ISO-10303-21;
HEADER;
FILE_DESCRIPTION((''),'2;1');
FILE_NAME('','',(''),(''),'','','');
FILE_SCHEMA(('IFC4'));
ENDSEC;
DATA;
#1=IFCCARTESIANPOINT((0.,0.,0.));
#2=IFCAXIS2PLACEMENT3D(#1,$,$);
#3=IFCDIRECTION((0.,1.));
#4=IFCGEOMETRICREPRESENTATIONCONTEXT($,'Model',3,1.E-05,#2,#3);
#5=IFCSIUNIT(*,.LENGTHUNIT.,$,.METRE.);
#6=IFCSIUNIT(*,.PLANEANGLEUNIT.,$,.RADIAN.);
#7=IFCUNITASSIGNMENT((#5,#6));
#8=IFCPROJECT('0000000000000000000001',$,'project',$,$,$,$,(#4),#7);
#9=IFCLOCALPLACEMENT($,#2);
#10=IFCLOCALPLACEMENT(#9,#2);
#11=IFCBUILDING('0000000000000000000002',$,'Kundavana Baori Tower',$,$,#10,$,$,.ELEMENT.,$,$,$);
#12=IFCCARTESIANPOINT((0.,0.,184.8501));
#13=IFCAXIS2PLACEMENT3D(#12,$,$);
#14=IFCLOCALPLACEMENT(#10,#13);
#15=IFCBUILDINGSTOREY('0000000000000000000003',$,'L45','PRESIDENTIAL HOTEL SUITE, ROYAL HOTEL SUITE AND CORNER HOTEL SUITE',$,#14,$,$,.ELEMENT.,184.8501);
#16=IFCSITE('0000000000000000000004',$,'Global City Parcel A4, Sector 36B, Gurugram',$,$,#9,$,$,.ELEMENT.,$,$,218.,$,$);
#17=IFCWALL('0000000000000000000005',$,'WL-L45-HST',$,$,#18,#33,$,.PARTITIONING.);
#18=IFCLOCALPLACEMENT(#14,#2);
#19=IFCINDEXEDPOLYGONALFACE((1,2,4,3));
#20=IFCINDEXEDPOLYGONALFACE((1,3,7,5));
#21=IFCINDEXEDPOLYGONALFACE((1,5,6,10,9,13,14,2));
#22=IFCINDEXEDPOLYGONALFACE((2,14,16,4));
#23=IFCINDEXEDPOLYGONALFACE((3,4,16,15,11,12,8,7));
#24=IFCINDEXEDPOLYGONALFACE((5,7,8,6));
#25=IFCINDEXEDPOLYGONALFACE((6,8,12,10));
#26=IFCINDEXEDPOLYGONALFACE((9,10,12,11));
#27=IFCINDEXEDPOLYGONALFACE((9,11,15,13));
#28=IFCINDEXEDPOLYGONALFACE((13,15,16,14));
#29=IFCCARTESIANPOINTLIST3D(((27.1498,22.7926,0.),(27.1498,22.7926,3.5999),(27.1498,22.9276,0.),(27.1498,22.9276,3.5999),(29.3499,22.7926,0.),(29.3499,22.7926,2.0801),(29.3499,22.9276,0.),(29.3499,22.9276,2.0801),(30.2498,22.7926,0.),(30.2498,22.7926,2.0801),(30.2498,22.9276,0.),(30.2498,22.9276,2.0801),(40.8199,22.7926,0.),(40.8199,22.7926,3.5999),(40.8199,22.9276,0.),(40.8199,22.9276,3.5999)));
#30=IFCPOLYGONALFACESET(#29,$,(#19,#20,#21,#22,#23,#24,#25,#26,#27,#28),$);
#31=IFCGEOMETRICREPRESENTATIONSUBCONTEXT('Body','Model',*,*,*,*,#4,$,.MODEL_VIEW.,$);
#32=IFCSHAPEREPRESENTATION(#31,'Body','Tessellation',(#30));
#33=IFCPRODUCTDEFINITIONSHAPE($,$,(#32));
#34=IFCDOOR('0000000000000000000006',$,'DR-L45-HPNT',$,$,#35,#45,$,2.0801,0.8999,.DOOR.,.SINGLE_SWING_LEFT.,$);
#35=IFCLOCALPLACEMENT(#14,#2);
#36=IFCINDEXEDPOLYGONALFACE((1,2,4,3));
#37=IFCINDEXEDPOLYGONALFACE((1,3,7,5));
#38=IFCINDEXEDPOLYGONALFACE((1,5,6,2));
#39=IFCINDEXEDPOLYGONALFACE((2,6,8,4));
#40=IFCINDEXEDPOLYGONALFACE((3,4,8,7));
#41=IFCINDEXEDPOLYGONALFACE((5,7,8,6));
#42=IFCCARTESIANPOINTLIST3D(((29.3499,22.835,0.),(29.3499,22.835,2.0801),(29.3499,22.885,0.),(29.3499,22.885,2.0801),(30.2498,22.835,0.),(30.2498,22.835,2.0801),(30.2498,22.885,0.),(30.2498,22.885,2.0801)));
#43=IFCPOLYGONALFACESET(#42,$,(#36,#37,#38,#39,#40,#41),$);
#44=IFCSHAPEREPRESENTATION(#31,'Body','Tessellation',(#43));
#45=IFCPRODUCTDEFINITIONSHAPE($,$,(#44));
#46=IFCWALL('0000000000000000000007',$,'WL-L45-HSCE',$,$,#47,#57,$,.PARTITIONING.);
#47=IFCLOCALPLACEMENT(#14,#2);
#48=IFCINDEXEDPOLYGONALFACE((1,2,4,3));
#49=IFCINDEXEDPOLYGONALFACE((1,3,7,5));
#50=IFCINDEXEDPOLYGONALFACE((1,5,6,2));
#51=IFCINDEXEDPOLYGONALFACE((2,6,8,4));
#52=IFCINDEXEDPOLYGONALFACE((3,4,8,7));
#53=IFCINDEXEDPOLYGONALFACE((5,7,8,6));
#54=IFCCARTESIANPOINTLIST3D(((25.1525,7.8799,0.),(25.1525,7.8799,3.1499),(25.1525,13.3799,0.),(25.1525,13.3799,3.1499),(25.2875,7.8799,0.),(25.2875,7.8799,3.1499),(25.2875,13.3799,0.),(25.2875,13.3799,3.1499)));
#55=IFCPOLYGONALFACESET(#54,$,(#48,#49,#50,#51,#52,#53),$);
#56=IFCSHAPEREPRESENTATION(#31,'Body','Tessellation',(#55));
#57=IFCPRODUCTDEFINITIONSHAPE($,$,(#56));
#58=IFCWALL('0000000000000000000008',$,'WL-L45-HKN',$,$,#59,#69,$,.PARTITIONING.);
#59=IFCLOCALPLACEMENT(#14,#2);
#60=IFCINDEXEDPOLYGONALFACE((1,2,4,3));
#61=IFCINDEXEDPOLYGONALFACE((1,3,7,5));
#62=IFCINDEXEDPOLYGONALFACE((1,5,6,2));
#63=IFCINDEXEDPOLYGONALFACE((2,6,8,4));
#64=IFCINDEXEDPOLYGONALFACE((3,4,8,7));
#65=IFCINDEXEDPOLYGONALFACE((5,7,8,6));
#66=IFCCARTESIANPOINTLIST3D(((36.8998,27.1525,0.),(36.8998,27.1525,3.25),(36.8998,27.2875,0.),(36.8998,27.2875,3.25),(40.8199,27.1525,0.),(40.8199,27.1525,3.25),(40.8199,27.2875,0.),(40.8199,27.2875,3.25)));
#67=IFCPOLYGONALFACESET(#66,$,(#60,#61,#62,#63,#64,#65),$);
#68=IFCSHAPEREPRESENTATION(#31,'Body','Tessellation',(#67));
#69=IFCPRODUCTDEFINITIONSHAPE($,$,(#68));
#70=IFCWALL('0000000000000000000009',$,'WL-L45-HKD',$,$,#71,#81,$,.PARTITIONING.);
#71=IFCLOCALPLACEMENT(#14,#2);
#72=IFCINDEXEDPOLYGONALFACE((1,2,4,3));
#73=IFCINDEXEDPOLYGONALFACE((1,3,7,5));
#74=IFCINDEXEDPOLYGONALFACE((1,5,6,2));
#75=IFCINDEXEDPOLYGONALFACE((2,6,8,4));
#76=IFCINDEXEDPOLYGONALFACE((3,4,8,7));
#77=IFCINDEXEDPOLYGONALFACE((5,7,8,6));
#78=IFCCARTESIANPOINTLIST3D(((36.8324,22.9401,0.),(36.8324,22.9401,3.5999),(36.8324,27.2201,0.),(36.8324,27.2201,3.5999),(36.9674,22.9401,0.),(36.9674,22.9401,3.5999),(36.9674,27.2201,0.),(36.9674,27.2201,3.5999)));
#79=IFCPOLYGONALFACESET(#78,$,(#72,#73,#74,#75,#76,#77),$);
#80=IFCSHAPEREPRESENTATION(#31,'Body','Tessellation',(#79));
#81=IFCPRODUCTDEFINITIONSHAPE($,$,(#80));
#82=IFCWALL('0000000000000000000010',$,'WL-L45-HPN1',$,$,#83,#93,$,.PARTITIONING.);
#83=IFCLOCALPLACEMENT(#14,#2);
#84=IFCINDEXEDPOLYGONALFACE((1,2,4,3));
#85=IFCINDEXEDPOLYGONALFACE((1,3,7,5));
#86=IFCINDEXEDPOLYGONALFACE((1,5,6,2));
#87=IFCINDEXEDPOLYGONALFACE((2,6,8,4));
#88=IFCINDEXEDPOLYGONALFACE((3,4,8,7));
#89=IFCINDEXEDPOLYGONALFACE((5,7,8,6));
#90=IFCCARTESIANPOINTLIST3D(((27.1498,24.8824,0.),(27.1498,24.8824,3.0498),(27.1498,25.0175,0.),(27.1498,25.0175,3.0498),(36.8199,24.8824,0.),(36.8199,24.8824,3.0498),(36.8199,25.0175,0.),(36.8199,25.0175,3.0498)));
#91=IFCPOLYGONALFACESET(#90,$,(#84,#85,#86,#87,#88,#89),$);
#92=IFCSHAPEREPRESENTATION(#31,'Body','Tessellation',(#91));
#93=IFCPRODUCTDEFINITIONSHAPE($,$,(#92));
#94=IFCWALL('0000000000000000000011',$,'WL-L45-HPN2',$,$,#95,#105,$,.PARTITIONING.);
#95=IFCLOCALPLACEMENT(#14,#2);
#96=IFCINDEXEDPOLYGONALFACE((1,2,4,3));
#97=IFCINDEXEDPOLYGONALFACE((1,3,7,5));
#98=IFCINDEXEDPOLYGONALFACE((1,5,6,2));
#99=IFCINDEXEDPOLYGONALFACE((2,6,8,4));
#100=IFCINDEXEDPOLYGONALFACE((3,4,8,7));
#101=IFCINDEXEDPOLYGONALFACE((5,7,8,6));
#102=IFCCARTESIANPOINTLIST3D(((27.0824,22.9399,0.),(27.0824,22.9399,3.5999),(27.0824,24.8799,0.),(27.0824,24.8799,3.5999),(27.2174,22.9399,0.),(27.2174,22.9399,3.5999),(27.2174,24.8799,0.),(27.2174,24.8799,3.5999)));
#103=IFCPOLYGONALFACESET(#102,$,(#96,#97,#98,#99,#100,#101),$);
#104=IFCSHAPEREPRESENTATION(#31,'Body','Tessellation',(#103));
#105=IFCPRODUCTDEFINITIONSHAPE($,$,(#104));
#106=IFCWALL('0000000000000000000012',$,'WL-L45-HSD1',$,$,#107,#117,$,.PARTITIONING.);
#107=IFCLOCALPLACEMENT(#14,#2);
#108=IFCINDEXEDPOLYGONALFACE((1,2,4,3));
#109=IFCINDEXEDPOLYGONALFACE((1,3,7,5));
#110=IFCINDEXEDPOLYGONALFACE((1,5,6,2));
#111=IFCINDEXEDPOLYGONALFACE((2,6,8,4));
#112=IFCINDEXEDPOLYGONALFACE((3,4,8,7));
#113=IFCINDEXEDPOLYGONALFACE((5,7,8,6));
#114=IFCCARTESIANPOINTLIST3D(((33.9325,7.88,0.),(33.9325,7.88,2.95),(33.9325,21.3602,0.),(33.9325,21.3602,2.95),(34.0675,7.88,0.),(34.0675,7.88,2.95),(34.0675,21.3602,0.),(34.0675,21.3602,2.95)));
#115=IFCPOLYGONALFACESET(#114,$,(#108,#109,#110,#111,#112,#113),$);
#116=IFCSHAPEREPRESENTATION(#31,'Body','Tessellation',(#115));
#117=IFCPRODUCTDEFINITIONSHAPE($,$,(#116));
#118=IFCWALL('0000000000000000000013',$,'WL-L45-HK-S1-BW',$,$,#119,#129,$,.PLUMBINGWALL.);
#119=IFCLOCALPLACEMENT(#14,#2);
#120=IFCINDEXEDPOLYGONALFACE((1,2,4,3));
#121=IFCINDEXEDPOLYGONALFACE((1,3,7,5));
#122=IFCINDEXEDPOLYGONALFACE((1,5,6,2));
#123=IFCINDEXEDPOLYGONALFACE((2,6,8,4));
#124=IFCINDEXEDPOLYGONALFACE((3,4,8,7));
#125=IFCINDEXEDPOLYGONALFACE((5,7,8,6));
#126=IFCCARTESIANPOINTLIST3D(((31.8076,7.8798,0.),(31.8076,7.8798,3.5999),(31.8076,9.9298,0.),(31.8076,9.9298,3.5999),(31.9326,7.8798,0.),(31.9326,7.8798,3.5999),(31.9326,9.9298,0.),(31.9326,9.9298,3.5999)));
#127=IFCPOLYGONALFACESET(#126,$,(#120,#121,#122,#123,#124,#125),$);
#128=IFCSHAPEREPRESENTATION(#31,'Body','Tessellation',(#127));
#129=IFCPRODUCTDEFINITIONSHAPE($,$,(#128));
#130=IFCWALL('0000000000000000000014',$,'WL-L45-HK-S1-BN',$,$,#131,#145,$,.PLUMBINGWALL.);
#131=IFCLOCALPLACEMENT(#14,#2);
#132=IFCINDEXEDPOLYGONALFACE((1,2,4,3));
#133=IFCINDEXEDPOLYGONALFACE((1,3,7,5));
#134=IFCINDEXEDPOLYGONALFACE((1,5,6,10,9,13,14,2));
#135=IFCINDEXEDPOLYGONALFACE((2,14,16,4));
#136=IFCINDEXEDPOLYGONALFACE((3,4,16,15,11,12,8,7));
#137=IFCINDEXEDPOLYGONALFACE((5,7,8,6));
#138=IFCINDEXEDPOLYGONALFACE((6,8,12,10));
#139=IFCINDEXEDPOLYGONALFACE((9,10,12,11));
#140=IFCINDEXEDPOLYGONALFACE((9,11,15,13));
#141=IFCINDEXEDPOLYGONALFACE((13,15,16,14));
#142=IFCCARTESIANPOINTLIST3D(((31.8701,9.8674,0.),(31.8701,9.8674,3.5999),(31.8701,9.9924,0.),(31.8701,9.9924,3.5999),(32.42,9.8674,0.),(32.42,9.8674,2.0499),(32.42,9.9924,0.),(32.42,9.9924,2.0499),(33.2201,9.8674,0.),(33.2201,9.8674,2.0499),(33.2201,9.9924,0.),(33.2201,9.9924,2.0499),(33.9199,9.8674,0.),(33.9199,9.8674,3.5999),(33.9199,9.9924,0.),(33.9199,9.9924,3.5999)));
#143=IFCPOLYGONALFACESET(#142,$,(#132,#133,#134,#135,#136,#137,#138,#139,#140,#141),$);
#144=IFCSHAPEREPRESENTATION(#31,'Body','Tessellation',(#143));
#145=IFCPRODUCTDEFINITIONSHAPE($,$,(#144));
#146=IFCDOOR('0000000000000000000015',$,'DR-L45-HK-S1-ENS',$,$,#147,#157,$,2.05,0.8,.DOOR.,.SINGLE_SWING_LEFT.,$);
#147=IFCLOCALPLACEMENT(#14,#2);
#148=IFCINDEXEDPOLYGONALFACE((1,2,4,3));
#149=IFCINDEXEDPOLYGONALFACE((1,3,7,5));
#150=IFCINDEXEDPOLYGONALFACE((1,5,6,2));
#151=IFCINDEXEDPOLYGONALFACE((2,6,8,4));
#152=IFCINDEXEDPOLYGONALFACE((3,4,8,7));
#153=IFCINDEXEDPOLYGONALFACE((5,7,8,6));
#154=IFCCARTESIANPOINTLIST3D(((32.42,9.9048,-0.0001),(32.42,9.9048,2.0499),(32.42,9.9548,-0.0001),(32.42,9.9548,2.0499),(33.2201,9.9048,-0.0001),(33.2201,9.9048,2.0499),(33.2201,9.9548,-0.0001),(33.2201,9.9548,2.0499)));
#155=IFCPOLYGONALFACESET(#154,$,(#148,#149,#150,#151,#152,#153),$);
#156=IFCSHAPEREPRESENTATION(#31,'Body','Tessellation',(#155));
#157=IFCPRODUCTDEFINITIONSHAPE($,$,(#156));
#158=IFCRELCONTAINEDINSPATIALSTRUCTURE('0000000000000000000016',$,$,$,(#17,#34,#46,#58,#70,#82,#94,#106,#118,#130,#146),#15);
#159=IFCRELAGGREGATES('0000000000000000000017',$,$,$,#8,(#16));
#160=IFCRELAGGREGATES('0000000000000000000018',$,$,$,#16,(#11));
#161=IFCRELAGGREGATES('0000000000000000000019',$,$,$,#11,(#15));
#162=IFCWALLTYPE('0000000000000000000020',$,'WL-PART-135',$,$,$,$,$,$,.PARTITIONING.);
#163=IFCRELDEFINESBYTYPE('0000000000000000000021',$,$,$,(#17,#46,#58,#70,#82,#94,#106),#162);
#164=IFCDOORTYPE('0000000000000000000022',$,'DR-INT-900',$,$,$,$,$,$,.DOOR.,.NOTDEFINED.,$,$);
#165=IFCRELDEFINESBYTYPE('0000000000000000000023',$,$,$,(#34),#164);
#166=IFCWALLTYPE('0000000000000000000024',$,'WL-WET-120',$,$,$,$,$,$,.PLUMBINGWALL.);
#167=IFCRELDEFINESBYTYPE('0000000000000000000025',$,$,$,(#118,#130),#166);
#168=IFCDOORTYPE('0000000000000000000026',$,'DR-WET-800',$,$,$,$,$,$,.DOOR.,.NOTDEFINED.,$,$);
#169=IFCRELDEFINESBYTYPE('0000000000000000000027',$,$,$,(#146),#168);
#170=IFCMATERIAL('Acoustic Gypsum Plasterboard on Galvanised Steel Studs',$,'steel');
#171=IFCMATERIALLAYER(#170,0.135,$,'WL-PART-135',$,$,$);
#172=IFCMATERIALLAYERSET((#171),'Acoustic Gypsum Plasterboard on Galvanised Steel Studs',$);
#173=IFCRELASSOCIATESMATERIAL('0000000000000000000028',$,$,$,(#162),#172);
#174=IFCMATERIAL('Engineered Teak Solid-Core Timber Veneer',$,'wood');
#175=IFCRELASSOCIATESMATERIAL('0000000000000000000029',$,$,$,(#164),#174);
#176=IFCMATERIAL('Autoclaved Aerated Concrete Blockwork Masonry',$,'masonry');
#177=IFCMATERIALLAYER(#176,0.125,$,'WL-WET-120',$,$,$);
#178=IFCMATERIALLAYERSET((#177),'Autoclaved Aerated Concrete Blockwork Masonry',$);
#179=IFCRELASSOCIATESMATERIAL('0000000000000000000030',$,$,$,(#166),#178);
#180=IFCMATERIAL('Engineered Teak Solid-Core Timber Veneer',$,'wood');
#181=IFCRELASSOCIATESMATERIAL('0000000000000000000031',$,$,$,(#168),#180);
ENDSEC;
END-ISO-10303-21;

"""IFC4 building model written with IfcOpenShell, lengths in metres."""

from ifc_helpers import new_model, si_unit, direction, frame, frame_2d, origin, place, context, subcontext, project, spatial, rectangle, extrude, material, layer, layer_set, type_object, element, fill, save


model = new_model("IFC4")

# Units and contexts
model_context = context("Model", 3, precision=1e-05, world=origin(), true_north=direction((0.0, 1.0)))
body_context = subcontext(model_context, "Body", "Model", "MODEL_VIEW")
ifc_project = project(units=[si_unit("LENGTHUNIT", "METRE"), si_unit("PLANEANGLEUNIT", "RADIAN")], contexts=[model_context])

# Site, building, storey
site_placement = place(None, origin())
site = spatial("IfcSite", under=ifc_project, at=site_placement, Name="Global City Parcel A4, Sector 36B, Gurugram", CompositionType="ELEMENT", RefElevation=218.0)
building_placement = place(site_placement, origin())
building = spatial("IfcBuilding", under=site, at=building_placement, Name="Kundavana Baori Tower", CompositionType="ELEMENT")
storey_placement = place(building_placement, frame((0.0, 0.0, 184.8501)))
storey = spatial("IfcBuildingStorey", under=building, at=storey_placement, Name="L45", Description="PRESIDENTIAL HOTEL SUITE, ROYAL HOTEL SUITE AND CORNER HOTEL SUITE", CompositionType="ELEMENT", Elevation=184.8501)

# Shared definitions
ifc_material_1 = material(Name="Acoustic Gypsum Plasterboard on Galvanised Steel Studs", Category="steel")
ifc_layer_1 = layer(ifc_material_1, 0.135, Name="WL-PART-135")
ifc_layer_set_1 = layer_set([ifc_layer_1], Name="Acoustic Gypsum Plasterboard on Galvanised Steel Studs")
wall_type_1 = type_object("IfcWallType", Name="WL-PART-135", PredefinedType="PARTITIONING", material=ifc_layer_set_1)

# Wall, opening, door
wall_1_placement = place(storey_placement, frame((27.1499, 22.8601, 0.0), z_axis=(0.0, 0.0, 1.0), x_axis=(1.0, 0.0, 0.0)))
wall_1 = element("IfcWall", 1, at=wall_1_placement, inside=storey, type_object=wall_type_1, Name="WL-L45-HST", PredefinedType="PARTITIONING", context=body_context, shape_type="SweptSolid", body=[
    extrude(rectangle(XDim=13.6702, YDim=0.135, at=frame_2d((6.835, 0.0))), origin(), (0.0, 0.0, 1.0), 3.5999),
])
opening_1_placement = place(wall_1_placement, frame((2.2, 0.0, 0.0)))
opening_1 = element("IfcOpeningElement", 2, at=opening_1_placement, cuts=wall_1, PredefinedType="OPENING", context=body_context, shape_type="SweptSolid", body=[
    extrude(rectangle(XDim=0.8999, YDim=2.0801, at=frame_2d((0.45, 1.04))), frame((0.0, 0.0776, 0.0), z_axis=(0.0, -1.0, 0.0), x_axis=(1.0, 0.0, 0.0)), (0.0, 0.0, 1.0), 0.155),
])
ifc_material_2 = material(Name="Engineered Teak Solid-Core Timber Veneer", Category="wood")
door_type_1 = type_object("IfcDoorType", Name="DR-INT-900", OperationType="NOTDEFINED", PredefinedType="DOOR", material=ifc_material_2)
door_1_placement = place(opening_1_placement, origin())
door_1 = element("IfcDoor", 3, at=door_1_placement, inside=storey, type_object=door_type_1, Name="DR-L45-HPNT", OperationType="SINGLE_SWING_LEFT", OverallHeight=2.0801, OverallWidth=0.8999, PredefinedType="DOOR", context=body_context, shape_type="SweptSolid", body=[
    extrude(rectangle(XDim=0.8999, YDim=2.0801, at=frame_2d((0.45, 1.04))), frame((0.0, 0.0249, 0.0), z_axis=(0.0, -1.0, 0.0), x_axis=(1.0, 0.0, 0.0)), (0.0, 0.0, 1.0), 0.05),
])
fill(opening_1, door_1)

# Walls
wall_2_placement = place(storey_placement, frame((25.22, 7.8799, 0.0), z_axis=(0.0, 0.0, 1.0), x_axis=(0.0, 1.0, 0.0)))
element("IfcWall", 4, at=wall_2_placement, inside=storey, type_object=wall_type_1, Name="WL-L45-HSCE", PredefinedType="PARTITIONING", context=body_context, shape_type="SweptSolid", body=[
    extrude(rectangle(XDim=5.5, YDim=0.135, at=frame_2d((2.75, 0.0))), origin(), (0.0, 0.0, 1.0), 3.1499),
])
wall_3_placement = place(storey_placement, frame((36.8999, 27.22, 0.0), z_axis=(0.0, 0.0, 1.0), x_axis=(1.0, 0.0, 0.0)))
element("IfcWall", 5, at=wall_3_placement, inside=storey, type_object=wall_type_1, Name="WL-L45-HKN", PredefinedType="PARTITIONING", context=body_context, shape_type="SweptSolid", body=[
    extrude(rectangle(XDim=3.9202, YDim=0.135, at=frame_2d((1.96, 0.0))), origin(), (0.0, 0.0, 1.0), 3.25),
])
wall_4_placement = place(storey_placement, frame((36.8999, 22.9399, 0.0), z_axis=(0.0, 0.0, 1.0), x_axis=(0.0, 1.0, 0.0)))
element("IfcWall", 6, at=wall_4_placement, inside=storey, type_object=wall_type_1, Name="WL-L45-HKD", PredefinedType="PARTITIONING", context=body_context, shape_type="SweptSolid", body=[
    extrude(rectangle(XDim=4.28, YDim=0.135, at=frame_2d((2.1401, 0.0))), origin(), (0.0, 0.0, 1.0), 3.5999),
])
wall_5_placement = place(storey_placement, frame((27.1499, 24.95, 0.0), z_axis=(0.0, 0.0, 1.0), x_axis=(1.0, 0.0, 0.0)))
element("IfcWall", 7, at=wall_5_placement, inside=storey, type_object=wall_type_1, Name="WL-L45-HPN1", PredefinedType="PARTITIONING", context=body_context, shape_type="SweptSolid", body=[
    extrude(rectangle(XDim=9.6702, YDim=0.135, at=frame_2d((4.835, 0.0))), origin(), (0.0, 0.0, 1.0), 3.0498),
])
wall_6_placement = place(storey_placement, frame((27.1499, 22.9399, 0.0), z_axis=(0.0, 0.0, 1.0), x_axis=(0.0, 1.0, 0.0)))
element("IfcWall", 8, at=wall_6_placement, inside=storey, type_object=wall_type_1, Name="WL-L45-HPN2", PredefinedType="PARTITIONING", context=body_context, shape_type="SweptSolid", body=[
    extrude(rectangle(XDim=1.9399, YDim=0.135, at=frame_2d((0.97, 0.0))), origin(), (0.0, 0.0, 1.0), 3.5999),
])
wall_7_placement = place(storey_placement, frame((34.0, 7.8799, 0.0), z_axis=(0.0, 0.0, 1.0), x_axis=(0.0, 1.0, 0.0)))
element("IfcWall", 9, at=wall_7_placement, inside=storey, type_object=wall_type_1, Name="WL-L45-HSD1", PredefinedType="PARTITIONING", context=body_context, shape_type="SweptSolid", body=[
    extrude(rectangle(XDim=13.4802, YDim=0.135, at=frame_2d((6.7402, 0.0))), origin(), (0.0, 0.0, 1.0), 2.95),
])
ifc_material_3 = material(Name="Autoclaved Aerated Concrete Blockwork Masonry", Category="masonry")
ifc_layer_2 = layer(ifc_material_3, 0.125, Name="WL-WET-120")
ifc_layer_set_2 = layer_set([ifc_layer_2], Name="Autoclaved Aerated Concrete Blockwork Masonry")
wall_type_2 = type_object("IfcWallType", Name="WL-WET-120", PredefinedType="PLUMBINGWALL", material=ifc_layer_set_2)
wall_8_placement = place(storey_placement, frame((31.8701, 7.8799, 0.0), z_axis=(0.0, 0.0, 1.0), x_axis=(0.0, 1.0, 0.0)))
element("IfcWall", 10, at=wall_8_placement, inside=storey, type_object=wall_type_2, Name="WL-L45-HK-S1-BW", PredefinedType="PLUMBINGWALL", context=body_context, shape_type="SweptSolid", body=[
    extrude(rectangle(XDim=2.05, YDim=0.125, at=frame_2d((1.0249, 0.0))), origin(), (0.0, 0.0, 1.0), 3.5999),
])

# Wall, opening, door
wall_9_placement = place(storey_placement, frame((31.8701, 9.9299, 0.0), z_axis=(0.0, 0.0, 1.0), x_axis=(1.0, 0.0, 0.0)))
wall_9 = element("IfcWall", 11, at=wall_9_placement, inside=storey, type_object=wall_type_2, Name="WL-L45-HK-S1-BN", PredefinedType="PLUMBINGWALL", context=body_context, shape_type="SweptSolid", body=[
    extrude(rectangle(XDim=2.0498, YDim=0.125, at=frame_2d((1.0249, 0.0))), origin(), (0.0, 0.0, 1.0), 3.5999),
])
opening_2_placement = place(wall_9_placement, frame((0.55, 0.0, 0.0)))
opening_2 = element("IfcOpeningElement", 12, at=opening_2_placement, cuts=wall_9, PredefinedType="OPENING", context=body_context, shape_type="SweptSolid", body=[
    extrude(rectangle(XDim=0.8, YDim=2.05, at=frame_2d((0.3999, 1.0249))), frame((0.0, 0.0725, 0.0), z_axis=(0.0, -1.0, 0.0), x_axis=(1.0, 0.0, 0.0)), (0.0, 0.0, 1.0), 0.145),
])
ifc_material_4 = material(Name="Engineered Teak Solid-Core Timber Veneer", Category="wood")
door_type_2 = type_object("IfcDoorType", Name="DR-WET-800", OperationType="NOTDEFINED", PredefinedType="DOOR", material=ifc_material_4)
door_2_placement = place(opening_2_placement, origin())
door_2 = element("IfcDoor", 13, at=door_2_placement, inside=storey, type_object=door_type_2, Name="DR-L45-HK-S1-ENS", OperationType="SINGLE_SWING_LEFT", OverallHeight=2.05, OverallWidth=0.8, PredefinedType="DOOR", context=body_context, shape_type="SweptSolid", body=[
    extrude(rectangle(XDim=0.8, YDim=2.05, at=frame_2d((0.3999, 1.0249))), frame((0.0, 0.0249, 0.0), z_axis=(0.0, -1.0, 0.0), x_axis=(1.0, 0.0, 0.0)), (0.0, 0.0, 1.0), 0.05),
])
fill(opening_2, door_2)

save(model, "model.ifc")
